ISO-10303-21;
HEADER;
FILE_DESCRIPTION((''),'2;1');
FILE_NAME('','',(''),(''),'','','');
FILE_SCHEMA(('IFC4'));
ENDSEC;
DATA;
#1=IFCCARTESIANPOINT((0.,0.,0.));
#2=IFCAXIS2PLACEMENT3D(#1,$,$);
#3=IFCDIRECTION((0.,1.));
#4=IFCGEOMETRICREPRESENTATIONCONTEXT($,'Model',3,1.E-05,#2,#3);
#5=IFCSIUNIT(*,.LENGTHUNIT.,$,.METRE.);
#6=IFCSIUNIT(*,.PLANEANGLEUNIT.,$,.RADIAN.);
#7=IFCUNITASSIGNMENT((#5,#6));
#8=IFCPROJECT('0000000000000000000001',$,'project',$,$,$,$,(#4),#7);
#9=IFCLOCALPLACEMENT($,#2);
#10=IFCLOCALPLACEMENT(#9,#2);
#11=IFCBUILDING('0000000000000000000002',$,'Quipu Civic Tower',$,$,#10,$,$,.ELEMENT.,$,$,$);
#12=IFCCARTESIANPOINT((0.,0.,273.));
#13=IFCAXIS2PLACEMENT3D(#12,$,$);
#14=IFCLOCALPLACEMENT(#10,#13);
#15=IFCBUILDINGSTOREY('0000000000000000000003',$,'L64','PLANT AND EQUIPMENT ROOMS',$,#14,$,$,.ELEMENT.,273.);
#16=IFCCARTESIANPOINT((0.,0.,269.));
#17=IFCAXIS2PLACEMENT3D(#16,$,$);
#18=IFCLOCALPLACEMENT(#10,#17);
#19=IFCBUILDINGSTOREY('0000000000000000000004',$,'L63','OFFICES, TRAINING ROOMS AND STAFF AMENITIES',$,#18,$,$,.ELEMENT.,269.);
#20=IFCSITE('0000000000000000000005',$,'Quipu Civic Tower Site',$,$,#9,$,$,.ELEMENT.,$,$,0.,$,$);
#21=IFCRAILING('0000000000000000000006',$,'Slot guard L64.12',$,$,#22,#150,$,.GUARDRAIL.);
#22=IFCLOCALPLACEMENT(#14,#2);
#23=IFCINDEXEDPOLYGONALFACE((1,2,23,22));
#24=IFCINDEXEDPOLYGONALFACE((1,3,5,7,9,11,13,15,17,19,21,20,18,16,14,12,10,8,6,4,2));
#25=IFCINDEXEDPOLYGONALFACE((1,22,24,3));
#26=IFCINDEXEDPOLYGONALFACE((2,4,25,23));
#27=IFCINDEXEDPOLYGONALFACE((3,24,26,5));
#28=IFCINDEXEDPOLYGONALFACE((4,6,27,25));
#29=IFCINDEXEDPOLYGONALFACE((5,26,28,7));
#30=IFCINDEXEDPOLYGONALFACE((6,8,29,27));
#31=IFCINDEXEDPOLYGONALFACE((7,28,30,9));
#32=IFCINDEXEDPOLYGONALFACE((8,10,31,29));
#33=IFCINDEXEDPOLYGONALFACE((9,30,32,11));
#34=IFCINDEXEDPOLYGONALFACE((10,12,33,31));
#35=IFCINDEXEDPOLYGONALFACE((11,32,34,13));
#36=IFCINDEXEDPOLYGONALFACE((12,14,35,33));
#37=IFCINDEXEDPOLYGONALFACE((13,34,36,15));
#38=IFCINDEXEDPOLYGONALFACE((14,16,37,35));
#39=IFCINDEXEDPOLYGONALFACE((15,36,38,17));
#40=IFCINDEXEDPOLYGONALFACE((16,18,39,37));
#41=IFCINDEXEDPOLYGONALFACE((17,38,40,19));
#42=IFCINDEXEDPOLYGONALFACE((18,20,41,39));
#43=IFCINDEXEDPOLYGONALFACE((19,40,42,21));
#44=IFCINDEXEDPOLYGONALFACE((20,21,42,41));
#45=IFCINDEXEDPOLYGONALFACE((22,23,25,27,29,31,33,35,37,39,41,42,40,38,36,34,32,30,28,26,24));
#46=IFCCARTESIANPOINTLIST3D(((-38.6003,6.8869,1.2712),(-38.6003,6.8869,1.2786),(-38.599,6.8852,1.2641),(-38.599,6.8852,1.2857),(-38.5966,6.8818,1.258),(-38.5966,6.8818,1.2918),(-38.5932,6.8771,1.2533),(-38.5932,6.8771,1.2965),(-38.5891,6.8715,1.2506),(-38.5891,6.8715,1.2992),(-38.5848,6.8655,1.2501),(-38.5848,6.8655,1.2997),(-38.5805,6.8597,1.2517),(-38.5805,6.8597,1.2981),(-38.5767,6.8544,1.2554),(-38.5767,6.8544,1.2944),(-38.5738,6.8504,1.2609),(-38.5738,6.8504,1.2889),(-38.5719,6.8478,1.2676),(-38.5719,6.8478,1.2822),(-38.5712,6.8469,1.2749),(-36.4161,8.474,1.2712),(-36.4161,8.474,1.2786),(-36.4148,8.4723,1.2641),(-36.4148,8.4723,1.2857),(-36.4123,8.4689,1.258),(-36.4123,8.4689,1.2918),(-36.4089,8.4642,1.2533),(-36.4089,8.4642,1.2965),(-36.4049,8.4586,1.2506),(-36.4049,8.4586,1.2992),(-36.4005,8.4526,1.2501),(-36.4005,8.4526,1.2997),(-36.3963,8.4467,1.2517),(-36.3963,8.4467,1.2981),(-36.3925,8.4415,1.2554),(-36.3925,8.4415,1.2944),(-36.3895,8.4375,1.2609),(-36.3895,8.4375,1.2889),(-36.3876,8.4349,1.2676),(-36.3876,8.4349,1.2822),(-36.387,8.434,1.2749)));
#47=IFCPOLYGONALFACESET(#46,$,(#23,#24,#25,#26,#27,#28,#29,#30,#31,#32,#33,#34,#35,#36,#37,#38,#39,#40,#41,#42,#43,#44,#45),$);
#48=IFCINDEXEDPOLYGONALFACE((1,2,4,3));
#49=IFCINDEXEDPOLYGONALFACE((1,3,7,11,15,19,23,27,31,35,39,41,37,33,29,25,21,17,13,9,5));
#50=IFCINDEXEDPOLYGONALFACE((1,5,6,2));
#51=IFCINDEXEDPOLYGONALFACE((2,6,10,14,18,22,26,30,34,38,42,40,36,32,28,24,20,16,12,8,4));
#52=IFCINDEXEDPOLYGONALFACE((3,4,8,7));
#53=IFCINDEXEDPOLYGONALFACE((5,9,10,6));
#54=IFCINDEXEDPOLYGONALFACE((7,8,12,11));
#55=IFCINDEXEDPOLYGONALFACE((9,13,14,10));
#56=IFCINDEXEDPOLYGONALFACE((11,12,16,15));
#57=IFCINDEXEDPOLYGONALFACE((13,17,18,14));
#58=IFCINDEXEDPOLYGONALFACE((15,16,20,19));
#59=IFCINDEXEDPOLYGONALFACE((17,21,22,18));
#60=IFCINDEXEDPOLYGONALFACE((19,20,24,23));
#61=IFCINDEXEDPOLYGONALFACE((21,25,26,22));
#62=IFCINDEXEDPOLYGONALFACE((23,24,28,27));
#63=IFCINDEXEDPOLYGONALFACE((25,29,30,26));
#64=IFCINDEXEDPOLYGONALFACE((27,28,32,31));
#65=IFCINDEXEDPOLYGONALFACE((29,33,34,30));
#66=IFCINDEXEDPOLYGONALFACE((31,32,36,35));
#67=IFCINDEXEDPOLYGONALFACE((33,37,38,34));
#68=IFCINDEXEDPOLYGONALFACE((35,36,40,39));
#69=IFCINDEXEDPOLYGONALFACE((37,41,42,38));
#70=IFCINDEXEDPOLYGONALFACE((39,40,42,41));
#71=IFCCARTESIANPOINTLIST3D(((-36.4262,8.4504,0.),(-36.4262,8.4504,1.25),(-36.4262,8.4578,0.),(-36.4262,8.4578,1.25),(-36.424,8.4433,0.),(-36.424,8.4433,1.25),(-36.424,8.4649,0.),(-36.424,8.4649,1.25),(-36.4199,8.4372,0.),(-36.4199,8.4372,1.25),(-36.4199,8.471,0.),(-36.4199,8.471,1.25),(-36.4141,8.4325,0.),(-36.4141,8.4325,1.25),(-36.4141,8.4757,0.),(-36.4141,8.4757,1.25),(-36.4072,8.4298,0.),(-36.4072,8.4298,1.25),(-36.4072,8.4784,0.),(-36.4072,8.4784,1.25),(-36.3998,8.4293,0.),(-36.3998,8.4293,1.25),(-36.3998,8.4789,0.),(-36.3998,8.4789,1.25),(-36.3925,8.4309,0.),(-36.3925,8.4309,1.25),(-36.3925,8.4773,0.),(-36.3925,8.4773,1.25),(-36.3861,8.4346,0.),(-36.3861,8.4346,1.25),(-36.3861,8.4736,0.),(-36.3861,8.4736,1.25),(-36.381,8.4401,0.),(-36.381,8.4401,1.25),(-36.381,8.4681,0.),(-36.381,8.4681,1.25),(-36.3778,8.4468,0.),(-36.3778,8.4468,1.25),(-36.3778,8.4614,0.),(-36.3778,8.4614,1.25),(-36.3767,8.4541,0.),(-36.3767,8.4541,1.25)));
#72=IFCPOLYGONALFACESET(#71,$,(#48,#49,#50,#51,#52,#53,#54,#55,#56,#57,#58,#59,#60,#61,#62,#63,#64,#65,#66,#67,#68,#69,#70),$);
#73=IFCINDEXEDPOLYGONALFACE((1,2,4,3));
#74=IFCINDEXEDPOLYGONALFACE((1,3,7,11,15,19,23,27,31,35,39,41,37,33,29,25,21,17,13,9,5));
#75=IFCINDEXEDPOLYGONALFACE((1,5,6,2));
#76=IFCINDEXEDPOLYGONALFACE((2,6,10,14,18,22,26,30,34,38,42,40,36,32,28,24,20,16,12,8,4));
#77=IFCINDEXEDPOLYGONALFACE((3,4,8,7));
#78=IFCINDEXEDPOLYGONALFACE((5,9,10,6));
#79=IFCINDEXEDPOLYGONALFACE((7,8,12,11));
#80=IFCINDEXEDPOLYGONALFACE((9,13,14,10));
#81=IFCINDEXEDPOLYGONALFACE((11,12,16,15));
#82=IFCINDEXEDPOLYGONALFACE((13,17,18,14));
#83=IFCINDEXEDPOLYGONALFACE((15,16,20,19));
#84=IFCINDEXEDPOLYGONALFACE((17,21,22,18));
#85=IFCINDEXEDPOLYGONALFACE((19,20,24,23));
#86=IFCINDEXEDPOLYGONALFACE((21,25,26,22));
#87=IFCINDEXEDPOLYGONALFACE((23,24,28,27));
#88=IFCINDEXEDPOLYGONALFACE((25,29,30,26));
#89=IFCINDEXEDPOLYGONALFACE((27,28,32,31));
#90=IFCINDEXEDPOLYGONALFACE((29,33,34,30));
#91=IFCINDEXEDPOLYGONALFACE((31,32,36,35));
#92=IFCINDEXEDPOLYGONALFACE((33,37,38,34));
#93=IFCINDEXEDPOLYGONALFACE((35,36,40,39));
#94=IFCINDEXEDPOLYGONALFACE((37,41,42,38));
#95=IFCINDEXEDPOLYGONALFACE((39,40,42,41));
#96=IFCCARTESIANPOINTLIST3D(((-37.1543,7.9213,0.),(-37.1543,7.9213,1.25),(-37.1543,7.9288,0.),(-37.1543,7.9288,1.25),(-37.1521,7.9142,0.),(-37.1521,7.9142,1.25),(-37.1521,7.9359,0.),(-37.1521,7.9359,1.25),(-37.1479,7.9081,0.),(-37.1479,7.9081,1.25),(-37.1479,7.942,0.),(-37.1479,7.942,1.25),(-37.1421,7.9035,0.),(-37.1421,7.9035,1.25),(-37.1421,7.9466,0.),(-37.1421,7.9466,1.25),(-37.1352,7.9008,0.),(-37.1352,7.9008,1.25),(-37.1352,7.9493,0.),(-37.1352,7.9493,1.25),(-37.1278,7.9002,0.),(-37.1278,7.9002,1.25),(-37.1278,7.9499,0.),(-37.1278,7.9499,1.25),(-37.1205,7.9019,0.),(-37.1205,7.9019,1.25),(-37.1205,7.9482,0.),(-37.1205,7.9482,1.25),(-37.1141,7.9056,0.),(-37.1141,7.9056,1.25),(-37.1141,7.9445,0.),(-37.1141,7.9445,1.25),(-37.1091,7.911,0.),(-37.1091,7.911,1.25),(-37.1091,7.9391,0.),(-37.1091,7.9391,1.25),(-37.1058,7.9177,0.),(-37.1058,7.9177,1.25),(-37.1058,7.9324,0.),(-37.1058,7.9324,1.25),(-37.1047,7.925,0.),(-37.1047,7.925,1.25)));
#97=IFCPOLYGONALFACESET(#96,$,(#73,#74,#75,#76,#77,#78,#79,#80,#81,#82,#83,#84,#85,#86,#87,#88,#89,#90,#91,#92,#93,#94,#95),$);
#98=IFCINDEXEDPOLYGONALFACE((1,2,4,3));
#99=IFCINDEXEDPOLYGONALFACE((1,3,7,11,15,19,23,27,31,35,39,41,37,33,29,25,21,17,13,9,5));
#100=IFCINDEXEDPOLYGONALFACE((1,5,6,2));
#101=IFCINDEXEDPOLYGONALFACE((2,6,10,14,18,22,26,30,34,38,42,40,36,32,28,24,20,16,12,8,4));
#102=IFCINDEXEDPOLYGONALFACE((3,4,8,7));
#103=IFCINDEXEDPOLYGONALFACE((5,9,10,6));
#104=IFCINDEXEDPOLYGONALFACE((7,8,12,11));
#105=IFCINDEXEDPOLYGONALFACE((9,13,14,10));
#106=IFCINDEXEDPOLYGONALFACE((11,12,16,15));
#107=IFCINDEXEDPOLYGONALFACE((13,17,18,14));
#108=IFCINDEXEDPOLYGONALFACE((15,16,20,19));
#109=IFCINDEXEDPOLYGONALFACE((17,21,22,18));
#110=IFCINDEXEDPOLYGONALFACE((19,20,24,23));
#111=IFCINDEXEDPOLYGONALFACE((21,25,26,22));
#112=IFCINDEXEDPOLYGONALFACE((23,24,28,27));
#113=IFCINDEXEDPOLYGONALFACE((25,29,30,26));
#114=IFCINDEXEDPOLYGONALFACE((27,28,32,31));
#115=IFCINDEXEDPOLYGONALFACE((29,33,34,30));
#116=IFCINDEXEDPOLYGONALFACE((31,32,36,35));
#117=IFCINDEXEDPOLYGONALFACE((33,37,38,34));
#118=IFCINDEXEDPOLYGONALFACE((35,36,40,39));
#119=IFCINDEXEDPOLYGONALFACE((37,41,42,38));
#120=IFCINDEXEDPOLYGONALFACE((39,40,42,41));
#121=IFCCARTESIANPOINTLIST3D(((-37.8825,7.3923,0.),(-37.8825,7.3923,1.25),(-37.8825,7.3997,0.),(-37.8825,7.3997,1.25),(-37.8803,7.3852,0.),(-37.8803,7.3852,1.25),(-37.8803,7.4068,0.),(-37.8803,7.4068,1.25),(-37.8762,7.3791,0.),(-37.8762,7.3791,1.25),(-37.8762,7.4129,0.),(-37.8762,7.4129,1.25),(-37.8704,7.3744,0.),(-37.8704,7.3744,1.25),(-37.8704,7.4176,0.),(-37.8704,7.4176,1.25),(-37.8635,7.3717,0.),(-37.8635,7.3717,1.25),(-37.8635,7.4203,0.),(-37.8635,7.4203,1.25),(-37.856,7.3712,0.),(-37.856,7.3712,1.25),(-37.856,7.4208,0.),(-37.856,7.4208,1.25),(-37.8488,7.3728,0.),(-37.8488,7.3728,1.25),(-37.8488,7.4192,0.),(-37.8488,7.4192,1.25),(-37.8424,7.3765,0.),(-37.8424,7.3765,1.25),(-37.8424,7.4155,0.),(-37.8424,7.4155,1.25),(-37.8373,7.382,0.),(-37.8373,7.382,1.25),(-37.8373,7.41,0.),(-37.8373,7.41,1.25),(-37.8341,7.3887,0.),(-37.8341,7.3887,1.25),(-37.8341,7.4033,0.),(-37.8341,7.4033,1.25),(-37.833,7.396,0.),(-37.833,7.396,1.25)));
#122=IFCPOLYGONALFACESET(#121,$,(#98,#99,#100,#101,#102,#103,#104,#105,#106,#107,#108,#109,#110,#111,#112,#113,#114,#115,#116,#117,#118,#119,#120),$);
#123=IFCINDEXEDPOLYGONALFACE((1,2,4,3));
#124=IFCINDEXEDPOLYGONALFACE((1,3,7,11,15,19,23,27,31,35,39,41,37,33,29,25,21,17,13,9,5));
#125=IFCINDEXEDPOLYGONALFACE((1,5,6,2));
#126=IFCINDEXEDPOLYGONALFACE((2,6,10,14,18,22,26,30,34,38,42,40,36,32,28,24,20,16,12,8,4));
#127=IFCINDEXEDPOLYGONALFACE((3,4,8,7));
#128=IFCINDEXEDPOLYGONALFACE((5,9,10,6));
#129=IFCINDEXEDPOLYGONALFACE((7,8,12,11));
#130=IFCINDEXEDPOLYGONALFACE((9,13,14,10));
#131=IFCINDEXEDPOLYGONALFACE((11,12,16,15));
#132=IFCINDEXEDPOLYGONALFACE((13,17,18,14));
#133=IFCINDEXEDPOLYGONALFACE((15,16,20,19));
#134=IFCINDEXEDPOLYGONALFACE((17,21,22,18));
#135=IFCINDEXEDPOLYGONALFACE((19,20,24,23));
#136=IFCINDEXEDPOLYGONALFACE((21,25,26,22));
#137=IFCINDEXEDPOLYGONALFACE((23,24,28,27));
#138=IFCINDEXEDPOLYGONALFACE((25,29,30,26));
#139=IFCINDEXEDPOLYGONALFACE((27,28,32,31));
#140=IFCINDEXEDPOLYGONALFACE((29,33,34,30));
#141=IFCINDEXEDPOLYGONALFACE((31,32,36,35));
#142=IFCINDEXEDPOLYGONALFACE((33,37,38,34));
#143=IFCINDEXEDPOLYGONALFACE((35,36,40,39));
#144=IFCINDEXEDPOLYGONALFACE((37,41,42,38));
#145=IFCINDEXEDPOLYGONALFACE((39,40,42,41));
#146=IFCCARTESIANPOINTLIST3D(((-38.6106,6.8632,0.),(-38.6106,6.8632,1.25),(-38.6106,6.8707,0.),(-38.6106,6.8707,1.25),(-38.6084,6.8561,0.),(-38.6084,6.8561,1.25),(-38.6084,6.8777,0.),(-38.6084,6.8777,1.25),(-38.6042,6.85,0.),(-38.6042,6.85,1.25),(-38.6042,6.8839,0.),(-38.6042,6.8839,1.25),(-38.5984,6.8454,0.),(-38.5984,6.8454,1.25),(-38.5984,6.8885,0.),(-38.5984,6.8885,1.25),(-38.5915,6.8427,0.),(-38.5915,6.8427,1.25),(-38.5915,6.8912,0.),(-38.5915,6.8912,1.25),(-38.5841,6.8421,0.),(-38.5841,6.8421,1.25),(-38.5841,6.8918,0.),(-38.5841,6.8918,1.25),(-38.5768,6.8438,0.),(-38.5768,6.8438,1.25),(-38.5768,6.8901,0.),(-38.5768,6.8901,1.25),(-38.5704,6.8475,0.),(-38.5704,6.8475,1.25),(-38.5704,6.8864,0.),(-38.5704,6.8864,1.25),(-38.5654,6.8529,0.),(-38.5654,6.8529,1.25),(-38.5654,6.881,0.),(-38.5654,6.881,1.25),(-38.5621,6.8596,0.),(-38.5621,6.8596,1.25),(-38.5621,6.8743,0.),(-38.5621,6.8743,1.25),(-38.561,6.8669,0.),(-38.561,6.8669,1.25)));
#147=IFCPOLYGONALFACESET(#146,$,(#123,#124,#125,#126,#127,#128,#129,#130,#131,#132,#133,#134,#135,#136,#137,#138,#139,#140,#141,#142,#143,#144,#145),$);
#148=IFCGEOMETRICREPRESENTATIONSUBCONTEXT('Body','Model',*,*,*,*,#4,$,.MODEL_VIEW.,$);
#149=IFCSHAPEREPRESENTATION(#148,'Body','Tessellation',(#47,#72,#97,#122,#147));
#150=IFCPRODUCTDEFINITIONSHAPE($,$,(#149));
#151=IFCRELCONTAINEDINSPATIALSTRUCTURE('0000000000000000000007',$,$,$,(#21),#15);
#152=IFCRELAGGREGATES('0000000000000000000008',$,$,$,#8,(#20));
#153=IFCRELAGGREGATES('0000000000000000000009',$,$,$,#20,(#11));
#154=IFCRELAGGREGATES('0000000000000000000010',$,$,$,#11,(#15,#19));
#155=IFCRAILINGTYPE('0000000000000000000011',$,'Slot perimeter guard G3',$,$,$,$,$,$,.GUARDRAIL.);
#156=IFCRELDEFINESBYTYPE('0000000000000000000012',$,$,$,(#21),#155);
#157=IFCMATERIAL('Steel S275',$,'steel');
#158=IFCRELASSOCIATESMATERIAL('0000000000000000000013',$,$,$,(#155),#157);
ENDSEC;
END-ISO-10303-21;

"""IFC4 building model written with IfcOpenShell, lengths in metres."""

from ifc_helpers import new_model, si_unit, direction, frame, origin, origin_2d, place, context, subcontext, project, spatial, circle, extrude, material, type_object, element, save


model = new_model("IFC4")

# Units and contexts
model_context = context("Model", 3, precision=1e-05, world=origin(), true_north=direction((0.0, 1.0)))
body_context = subcontext(model_context, "Body", "Model", "MODEL_VIEW")
ifc_project = project(units=[si_unit("LENGTHUNIT", "METRE"), si_unit("PLANEANGLEUNIT", "RADIAN")], contexts=[model_context])

# Site, building, storey
site_placement = place(None, origin())
site = spatial("IfcSite", under=ifc_project, at=site_placement, Name="Quipu Civic Tower Site", CompositionType="ELEMENT", RefElevation=0.0)
building_placement = place(site_placement, origin())
building = spatial("IfcBuilding", under=site, at=building_placement, Name="Quipu Civic Tower", CompositionType="ELEMENT")
storey_1_placement = place(building_placement, frame((0.0, 0.0, 273.0)))
storey_1 = spatial("IfcBuildingStorey", under=building, at=storey_1_placement, Name="L64", Description="PLANT AND EQUIPMENT ROOMS", CompositionType="ELEMENT", Elevation=273.0)

# Shared definitions
storey_2_placement = place(building_placement, frame((0.0, 0.0, 269.0)))
storey_2 = spatial("IfcBuildingStorey", under=building, at=storey_2_placement, Name="L63", Description="OFFICES, TRAINING ROOMS AND STAFF AMENITIES", CompositionType="ELEMENT", Elevation=269.0)

# Railing
ifc_material_1 = material(Name="Steel S275", Category="steel")
railing_type = type_object("IfcRailingType", Name="Slot perimeter guard G3", PredefinedType="GUARDRAIL", material=ifc_material_1)
railing_1_placement = place(storey_1_placement, frame((-36.4016, 8.4541, 0.0)))
element("IfcRailing", 1, at=railing_1_placement, inside=storey_1, type_object=railing_type, Name="Slot guard L64.12", PredefinedType="GUARDRAIL", context=body_context, shape_type="SweptSolid", body=[
    extrude(circle(Radius=0.0249, at=origin_2d()), frame((0.0, 0.0, 1.2749), z_axis=(-0.80899, -0.587822, 0.0), x_axis=(0.587822, -0.80899, 0.0)), (0.0, 0.0, 1.0), 2.7),
    extrude(circle(Radius=0.0249, at=origin_2d()), origin(), (0.0, 0.0, 1.0), 1.25),
    extrude(circle(Radius=0.0249, at=origin_2d()), frame((-0.728, -0.5291, 0.0)), (0.0, 0.0, 1.0), 1.25),
    extrude(circle(Radius=0.0249, at=origin_2d()), frame((-1.4563, -1.0581, 0.0)), (0.0, 0.0, 1.0), 1.25),
    extrude(circle(Radius=0.0249, at=origin_2d()), frame((-2.1843, -1.5872, 0.0)), (0.0, 0.0, 1.0), 1.25),
])

save(model, "model.ifc")
